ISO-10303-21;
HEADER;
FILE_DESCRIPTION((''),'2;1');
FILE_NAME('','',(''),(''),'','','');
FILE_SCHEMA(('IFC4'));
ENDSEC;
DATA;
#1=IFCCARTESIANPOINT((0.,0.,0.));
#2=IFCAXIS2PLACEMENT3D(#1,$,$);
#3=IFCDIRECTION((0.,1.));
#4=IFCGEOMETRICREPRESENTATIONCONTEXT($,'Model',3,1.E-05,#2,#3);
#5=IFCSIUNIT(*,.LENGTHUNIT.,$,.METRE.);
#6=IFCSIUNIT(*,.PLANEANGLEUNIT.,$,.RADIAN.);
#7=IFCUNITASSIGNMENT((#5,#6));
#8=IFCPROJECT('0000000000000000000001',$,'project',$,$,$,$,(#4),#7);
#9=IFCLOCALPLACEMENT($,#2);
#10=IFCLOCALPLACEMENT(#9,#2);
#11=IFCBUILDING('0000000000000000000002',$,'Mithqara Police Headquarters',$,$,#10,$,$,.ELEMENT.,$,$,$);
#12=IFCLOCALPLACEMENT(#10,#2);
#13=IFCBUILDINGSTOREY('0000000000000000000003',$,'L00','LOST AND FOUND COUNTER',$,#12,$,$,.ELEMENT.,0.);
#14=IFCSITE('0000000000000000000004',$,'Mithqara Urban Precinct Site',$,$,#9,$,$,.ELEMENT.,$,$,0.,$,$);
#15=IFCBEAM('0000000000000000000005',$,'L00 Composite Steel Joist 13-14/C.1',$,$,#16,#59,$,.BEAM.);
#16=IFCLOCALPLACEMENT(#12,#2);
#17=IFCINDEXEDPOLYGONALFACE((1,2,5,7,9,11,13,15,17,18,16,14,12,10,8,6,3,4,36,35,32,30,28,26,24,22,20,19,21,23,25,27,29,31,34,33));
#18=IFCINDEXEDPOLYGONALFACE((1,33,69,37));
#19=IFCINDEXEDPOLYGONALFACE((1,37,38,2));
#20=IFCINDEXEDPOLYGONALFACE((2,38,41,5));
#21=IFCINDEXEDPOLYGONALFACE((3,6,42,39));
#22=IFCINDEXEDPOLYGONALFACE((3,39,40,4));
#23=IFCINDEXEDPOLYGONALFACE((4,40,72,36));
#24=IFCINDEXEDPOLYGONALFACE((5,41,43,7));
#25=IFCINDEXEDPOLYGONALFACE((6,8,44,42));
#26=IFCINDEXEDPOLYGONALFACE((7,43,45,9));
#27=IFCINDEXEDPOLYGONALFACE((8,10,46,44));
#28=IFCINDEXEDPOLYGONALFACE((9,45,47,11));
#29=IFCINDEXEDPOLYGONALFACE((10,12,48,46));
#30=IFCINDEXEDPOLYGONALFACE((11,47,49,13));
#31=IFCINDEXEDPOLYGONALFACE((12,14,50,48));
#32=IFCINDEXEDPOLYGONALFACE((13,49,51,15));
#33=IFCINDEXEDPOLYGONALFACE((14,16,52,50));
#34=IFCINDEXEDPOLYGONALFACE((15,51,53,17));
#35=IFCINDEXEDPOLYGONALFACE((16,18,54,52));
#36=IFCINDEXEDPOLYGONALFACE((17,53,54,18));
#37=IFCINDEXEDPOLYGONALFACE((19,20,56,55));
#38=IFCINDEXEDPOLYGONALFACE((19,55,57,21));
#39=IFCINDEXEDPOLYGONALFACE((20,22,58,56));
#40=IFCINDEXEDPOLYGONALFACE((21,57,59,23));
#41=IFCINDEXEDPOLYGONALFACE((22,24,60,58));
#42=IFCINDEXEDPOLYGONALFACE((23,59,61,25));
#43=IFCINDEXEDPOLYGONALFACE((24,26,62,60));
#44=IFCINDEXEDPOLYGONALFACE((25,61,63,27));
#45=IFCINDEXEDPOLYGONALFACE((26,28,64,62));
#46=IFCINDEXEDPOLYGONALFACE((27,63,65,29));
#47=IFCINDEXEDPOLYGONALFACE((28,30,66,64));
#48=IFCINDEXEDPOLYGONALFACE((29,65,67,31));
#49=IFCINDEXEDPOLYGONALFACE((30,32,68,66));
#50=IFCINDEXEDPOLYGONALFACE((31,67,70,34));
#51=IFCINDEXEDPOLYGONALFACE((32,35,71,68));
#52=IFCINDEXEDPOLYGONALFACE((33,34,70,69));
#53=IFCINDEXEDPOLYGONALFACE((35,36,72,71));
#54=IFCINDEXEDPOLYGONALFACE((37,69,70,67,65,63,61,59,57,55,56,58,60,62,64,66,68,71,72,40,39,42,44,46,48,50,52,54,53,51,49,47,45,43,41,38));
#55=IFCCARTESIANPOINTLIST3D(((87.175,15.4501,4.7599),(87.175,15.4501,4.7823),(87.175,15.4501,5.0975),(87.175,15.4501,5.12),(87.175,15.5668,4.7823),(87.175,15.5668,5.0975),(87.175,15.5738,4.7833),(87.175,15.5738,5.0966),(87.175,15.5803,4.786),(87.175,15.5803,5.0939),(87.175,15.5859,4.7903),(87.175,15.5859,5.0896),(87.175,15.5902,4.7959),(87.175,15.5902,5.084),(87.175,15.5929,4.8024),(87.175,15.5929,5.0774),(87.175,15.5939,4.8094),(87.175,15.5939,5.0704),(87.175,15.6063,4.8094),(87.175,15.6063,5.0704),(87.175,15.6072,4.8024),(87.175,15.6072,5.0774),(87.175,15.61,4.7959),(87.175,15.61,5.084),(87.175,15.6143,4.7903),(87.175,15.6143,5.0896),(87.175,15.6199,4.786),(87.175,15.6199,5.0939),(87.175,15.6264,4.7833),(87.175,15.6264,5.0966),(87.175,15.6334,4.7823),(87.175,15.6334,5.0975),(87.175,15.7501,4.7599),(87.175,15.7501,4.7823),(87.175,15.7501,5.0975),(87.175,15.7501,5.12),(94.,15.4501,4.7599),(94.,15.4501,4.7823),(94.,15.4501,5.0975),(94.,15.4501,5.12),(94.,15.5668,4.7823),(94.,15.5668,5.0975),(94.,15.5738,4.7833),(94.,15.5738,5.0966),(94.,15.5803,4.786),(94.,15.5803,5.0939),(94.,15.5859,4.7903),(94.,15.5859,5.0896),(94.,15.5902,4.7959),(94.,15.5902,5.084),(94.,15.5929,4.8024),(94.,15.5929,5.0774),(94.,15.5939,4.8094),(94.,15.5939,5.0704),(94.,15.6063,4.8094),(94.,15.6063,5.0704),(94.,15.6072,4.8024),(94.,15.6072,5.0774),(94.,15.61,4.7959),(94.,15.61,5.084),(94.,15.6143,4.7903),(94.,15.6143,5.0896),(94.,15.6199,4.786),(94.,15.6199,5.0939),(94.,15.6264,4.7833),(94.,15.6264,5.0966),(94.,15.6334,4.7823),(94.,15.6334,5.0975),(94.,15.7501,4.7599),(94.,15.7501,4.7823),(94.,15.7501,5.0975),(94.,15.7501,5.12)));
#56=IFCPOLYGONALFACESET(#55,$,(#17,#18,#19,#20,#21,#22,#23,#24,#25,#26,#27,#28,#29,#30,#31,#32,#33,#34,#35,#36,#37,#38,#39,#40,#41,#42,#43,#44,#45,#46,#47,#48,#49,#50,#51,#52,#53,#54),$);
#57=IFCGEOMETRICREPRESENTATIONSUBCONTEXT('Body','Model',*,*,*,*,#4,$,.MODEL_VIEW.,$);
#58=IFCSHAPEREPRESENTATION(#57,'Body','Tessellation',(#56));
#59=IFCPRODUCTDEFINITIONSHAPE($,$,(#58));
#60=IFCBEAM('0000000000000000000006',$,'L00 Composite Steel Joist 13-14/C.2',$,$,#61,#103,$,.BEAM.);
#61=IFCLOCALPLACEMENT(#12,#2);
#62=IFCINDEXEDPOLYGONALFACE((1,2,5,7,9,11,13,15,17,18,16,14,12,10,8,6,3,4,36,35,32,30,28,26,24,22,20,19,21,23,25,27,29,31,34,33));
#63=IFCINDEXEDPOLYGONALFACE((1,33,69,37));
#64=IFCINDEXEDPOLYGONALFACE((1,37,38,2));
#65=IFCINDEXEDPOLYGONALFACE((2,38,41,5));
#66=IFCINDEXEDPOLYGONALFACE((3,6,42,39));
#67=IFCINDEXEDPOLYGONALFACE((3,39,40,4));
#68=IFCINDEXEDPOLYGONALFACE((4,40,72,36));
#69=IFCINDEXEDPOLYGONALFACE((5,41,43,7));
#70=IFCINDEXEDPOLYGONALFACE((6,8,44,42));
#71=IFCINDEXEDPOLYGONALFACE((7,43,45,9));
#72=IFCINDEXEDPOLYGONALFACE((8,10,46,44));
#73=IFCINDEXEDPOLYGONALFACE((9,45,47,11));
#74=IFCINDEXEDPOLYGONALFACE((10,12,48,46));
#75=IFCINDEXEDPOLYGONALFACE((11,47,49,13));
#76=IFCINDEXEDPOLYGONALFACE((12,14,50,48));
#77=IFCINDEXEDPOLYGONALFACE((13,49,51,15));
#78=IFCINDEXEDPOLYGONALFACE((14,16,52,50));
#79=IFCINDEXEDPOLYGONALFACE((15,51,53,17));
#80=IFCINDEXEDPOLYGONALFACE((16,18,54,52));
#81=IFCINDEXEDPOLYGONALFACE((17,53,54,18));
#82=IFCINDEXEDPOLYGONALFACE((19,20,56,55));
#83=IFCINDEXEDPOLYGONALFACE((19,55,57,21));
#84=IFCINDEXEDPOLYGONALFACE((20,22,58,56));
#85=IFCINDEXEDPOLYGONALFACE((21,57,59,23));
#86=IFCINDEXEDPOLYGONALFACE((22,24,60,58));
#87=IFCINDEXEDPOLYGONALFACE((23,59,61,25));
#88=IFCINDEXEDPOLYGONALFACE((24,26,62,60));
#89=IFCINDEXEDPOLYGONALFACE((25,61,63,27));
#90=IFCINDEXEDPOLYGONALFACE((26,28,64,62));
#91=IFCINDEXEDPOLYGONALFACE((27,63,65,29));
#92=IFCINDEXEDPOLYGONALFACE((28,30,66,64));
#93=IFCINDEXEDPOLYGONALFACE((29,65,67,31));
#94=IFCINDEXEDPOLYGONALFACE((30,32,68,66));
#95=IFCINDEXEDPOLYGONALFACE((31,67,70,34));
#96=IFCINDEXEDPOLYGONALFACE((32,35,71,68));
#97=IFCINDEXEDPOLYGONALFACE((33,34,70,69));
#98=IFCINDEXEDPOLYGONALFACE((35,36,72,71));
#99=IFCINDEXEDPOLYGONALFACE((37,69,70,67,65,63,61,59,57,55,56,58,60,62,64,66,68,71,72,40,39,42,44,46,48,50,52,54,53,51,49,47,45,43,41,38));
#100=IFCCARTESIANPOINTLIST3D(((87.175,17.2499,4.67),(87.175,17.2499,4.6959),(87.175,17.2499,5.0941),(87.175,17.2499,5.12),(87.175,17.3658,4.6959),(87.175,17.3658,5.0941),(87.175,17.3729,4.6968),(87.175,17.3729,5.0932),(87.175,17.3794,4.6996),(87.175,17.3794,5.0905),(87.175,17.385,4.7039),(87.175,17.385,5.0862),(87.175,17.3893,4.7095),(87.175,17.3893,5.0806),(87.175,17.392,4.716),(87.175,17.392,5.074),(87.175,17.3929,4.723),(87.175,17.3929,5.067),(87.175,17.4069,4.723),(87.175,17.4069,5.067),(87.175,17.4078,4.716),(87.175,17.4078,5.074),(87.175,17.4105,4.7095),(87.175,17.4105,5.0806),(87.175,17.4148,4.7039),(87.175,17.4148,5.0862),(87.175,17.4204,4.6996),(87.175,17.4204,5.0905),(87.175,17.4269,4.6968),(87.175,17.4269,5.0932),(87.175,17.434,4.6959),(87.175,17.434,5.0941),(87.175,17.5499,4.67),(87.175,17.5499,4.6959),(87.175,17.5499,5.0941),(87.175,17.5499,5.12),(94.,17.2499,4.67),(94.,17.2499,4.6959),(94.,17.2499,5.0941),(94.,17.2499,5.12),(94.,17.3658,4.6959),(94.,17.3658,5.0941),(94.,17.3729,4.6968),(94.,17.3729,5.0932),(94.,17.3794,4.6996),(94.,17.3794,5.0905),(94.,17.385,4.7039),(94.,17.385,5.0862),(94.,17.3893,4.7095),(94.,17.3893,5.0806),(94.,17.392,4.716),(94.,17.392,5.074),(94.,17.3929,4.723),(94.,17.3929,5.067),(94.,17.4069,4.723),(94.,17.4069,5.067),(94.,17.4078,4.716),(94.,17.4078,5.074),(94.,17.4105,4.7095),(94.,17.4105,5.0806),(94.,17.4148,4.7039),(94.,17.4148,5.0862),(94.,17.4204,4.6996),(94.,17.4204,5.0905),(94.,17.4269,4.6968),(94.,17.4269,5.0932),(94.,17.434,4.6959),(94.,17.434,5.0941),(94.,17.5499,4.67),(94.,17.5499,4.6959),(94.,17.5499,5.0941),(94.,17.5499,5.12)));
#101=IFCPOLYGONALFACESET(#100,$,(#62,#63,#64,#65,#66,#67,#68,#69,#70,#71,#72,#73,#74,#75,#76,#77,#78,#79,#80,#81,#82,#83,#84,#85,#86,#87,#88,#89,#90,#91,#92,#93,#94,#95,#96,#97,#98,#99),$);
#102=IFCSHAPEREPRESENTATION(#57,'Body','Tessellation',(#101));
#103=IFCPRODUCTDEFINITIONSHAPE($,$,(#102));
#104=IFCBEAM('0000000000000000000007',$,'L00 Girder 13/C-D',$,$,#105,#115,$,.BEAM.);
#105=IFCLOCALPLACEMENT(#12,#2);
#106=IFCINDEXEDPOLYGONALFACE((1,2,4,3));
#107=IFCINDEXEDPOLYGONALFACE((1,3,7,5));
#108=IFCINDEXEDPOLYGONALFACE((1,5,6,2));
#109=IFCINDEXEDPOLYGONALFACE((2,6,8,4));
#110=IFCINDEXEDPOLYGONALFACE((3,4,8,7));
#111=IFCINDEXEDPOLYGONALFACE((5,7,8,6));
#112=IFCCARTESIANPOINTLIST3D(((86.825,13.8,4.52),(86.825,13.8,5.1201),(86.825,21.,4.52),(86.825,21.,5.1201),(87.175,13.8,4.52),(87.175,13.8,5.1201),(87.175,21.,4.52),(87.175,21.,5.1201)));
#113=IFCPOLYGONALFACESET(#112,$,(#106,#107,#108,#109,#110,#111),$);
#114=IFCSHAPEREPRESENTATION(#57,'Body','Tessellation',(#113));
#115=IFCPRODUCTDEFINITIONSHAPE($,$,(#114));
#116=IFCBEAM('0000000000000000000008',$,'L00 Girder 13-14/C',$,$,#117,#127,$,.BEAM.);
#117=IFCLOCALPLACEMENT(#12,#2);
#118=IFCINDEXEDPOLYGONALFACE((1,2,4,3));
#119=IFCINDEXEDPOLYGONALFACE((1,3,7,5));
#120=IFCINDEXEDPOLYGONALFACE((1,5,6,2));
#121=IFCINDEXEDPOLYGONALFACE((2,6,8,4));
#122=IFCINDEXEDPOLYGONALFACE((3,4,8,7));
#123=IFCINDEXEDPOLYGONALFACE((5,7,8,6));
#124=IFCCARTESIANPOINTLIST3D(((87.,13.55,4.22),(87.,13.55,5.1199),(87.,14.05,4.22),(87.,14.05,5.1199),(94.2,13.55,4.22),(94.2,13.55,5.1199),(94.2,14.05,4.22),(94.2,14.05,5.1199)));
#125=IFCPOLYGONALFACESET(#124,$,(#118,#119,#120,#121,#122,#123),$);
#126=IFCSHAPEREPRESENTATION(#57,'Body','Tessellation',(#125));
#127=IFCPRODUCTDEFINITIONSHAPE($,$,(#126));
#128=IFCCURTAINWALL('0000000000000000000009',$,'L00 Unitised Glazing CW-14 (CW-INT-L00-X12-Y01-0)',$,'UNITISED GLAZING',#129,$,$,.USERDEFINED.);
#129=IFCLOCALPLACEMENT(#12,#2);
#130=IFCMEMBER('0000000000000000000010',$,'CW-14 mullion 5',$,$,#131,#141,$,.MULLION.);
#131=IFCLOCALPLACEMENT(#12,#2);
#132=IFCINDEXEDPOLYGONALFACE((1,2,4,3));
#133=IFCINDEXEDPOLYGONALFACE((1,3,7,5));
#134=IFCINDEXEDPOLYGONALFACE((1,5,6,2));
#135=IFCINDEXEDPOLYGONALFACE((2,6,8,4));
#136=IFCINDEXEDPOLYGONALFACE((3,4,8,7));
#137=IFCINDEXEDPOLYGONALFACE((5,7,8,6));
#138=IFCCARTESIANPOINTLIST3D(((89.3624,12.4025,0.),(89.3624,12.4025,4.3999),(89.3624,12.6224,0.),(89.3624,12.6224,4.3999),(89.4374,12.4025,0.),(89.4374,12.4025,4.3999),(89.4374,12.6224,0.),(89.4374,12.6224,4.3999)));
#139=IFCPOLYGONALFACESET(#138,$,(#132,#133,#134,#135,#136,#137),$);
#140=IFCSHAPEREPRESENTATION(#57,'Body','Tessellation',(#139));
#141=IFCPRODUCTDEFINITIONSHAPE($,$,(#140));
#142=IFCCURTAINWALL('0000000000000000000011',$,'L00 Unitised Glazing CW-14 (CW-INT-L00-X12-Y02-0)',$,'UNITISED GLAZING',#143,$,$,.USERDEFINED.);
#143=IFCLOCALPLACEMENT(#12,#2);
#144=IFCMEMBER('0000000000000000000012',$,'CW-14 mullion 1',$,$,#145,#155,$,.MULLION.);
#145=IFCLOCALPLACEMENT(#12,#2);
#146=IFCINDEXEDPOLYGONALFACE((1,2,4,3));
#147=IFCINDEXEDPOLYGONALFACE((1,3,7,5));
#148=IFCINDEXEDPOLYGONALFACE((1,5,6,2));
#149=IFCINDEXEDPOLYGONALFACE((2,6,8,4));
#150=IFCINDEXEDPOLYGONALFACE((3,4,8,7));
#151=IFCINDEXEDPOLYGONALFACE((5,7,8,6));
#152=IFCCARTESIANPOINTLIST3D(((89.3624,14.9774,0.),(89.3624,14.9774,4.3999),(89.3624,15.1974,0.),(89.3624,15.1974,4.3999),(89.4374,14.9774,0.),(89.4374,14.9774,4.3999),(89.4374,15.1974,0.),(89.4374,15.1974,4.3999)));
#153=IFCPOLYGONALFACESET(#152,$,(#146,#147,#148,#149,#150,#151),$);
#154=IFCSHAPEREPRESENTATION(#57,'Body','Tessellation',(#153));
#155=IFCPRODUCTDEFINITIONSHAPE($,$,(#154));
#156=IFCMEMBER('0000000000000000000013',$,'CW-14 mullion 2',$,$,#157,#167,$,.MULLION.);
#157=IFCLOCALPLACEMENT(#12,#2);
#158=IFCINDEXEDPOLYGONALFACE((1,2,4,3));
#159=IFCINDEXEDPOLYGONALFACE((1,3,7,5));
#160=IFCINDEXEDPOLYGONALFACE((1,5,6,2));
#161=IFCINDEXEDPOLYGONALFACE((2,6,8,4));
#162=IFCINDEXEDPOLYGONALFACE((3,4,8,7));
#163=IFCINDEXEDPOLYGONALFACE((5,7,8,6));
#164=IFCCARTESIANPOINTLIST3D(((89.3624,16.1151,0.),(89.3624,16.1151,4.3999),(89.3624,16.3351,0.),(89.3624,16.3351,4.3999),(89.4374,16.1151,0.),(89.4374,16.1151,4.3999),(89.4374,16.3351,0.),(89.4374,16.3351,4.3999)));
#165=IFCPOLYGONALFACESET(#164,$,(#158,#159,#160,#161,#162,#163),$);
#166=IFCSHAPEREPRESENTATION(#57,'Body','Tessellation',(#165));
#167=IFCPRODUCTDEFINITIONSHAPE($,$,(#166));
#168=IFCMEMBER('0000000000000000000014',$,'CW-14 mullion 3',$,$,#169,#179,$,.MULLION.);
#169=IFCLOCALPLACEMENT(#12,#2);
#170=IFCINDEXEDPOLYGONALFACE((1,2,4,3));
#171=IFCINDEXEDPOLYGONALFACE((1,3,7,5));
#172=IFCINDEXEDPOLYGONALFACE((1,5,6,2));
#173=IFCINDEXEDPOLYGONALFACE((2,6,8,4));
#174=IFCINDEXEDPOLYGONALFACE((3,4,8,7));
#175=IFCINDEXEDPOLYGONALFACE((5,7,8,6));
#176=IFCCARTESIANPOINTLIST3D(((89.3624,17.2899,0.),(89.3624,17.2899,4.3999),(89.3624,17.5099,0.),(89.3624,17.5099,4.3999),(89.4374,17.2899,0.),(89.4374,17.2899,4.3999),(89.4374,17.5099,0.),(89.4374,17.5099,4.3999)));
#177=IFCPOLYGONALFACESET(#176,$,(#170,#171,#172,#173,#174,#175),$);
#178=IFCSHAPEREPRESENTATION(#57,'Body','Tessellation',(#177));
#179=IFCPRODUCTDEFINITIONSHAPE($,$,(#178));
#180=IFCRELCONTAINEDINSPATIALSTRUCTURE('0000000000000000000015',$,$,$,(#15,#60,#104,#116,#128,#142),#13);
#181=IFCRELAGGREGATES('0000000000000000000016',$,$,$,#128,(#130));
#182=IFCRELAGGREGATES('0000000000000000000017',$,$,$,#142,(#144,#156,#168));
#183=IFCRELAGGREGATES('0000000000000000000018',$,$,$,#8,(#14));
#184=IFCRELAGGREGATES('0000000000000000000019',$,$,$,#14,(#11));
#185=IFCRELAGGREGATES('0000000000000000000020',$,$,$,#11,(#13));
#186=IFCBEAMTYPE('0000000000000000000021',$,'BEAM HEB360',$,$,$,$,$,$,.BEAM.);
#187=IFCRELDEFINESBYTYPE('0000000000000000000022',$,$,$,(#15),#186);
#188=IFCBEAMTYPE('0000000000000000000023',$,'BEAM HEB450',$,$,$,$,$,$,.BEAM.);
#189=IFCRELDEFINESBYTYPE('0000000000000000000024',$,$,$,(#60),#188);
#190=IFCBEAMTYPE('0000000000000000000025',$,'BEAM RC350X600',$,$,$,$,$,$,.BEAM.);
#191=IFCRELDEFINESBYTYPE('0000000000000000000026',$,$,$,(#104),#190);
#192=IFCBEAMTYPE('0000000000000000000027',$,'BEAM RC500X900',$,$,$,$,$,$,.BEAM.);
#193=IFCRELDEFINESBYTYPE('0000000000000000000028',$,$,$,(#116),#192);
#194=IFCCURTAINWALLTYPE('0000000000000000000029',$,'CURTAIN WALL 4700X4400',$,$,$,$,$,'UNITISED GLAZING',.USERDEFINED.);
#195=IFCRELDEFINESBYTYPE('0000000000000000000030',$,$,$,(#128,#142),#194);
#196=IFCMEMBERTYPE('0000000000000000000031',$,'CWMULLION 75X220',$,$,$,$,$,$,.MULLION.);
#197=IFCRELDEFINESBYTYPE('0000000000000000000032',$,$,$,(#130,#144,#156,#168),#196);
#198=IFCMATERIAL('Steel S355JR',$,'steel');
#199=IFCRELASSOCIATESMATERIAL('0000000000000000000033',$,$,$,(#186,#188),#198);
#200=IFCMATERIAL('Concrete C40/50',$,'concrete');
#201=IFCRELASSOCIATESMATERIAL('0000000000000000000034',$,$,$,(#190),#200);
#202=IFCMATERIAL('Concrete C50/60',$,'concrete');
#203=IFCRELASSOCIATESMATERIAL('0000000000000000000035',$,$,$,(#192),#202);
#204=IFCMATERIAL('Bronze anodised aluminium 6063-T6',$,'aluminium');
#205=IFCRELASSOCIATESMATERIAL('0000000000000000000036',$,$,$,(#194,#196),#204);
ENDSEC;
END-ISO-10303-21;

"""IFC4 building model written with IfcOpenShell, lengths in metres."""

from ifc_helpers import new_model, si_unit, direction, frame, origin, origin_2d, place, context, subcontext, project, spatial, rectangle, i_section, extrude, material, material_profile, profile_set, type_object, element, aggregate, save


model = new_model("IFC4")

# Units and contexts
model_context = context("Model", 3, precision=1e-05, world=origin(), true_north=direction((0.0, 1.0)))
body_context = subcontext(model_context, "Body", "Model", "MODEL_VIEW")
ifc_project = project(units=[si_unit("LENGTHUNIT", "METRE"), si_unit("PLANEANGLEUNIT", "RADIAN")], contexts=[model_context])

# Site, building, storey
site_placement = place(None, origin())
site = spatial("IfcSite", under=ifc_project, at=site_placement, Name="Mithqara Urban Precinct Site", CompositionType="ELEMENT", RefElevation=0.0)
building_placement = place(site_placement, origin())
building = spatial("IfcBuilding", under=site, at=building_placement, Name="Mithqara Police Headquarters", CompositionType="ELEMENT")
storey_placement = place(building_placement, origin())
storey = spatial("IfcBuildingStorey", under=building, at=storey_placement, Name="L00", Description="LOST AND FOUND COUNTER", CompositionType="ELEMENT", Elevation=0.0)

# Shared definitions
ifc_material_1 = material(Name="Concrete C40/50", Category="concrete")

# Shared definitions
ifc_material_2 = material(Name="Concrete C50/60", Category="concrete")

# Beams
ifc_material_3 = material(Name="Steel S355JR", Category="steel")
ifc_material_profile_1 = material_profile(ifc_material_3, i_section(OverallWidth=0.3, OverallDepth=0.3601, WebThickness=0.0125, FlangeThickness=0.0225, FilletRadius=0.0271, at=origin_2d()), Name="HEB 360")
ifc_profile_set_1 = profile_set([ifc_material_profile_1], Name="Steel S355JR")
beam_type_1 = type_object("IfcBeamType", Name="BEAM HEB360", PredefinedType="BEAM", material=ifc_profile_set_1)
beam_1_placement = place(storey_placement, frame((87.175, 15.6001, 4.9399), z_axis=(1.0, 0.0, 0.0), x_axis=(0.0, 1.0, 0.0)))
element("IfcBeam", 1, at=beam_1_placement, inside=storey, type_object=beam_type_1, Name="L00 Composite Steel Joist 13-14/C.1", PredefinedType="BEAM", context=body_context, shape_type="SweptSolid", body=[
    extrude(i_section(OverallWidth=0.3, OverallDepth=0.3601, WebThickness=0.0125, FlangeThickness=0.0225, FilletRadius=0.0271, at=origin_2d()), origin(), (0.0, 0.0, 1.0), 6.825),
])
ifc_material_profile_2 = material_profile(ifc_material_3, i_section(OverallWidth=0.3, OverallDepth=0.45, WebThickness=0.0139, FlangeThickness=0.0259, FilletRadius=0.0271, at=origin_2d()), Name="HEB 450")
ifc_profile_set_2 = profile_set([ifc_material_profile_2], Name="Steel S355JR")
beam_type_2 = type_object("IfcBeamType", Name="BEAM HEB450", PredefinedType="BEAM", material=ifc_profile_set_2)
beam_2_placement = place(storey_placement, frame((87.175, 17.3999, 4.895), z_axis=(1.0, 0.0, 0.0), x_axis=(0.0, 1.0, 0.0)))
element("IfcBeam", 2, at=beam_2_placement, inside=storey, type_object=beam_type_2, Name="L00 Composite Steel Joist 13-14/C.2", PredefinedType="BEAM", context=body_context, shape_type="SweptSolid", body=[
    extrude(i_section(OverallWidth=0.3, OverallDepth=0.45, WebThickness=0.0139, FlangeThickness=0.0259, FilletRadius=0.0271, at=origin_2d()), origin(), (0.0, 0.0, 1.0), 6.825),
])
ifc_material_profile_3 = material_profile(ifc_material_1, rectangle(XDim=0.3501, YDim=0.6001, at=origin_2d()), Name="RC 350x600")
ifc_profile_set_3 = profile_set([ifc_material_profile_3], Name="Concrete C40/50")
beam_type_3 = type_object("IfcBeamType", Name="BEAM RC350X600", PredefinedType="BEAM", material=ifc_profile_set_3)
beam_3_placement = place(storey_placement, frame((87.0, 13.8, 4.8201), z_axis=(0.0, 1.0, 0.0), x_axis=(-1.0, 0.0, 0.0)))
element("IfcBeam", 3, at=beam_3_placement, inside=storey, type_object=beam_type_3, Name="L00 Girder 13/C-D", PredefinedType="BEAM", context=body_context, shape_type="SweptSolid", body=[
    extrude(rectangle(XDim=0.3501, YDim=0.6001, at=origin_2d()), origin(), (0.0, 0.0, 1.0), 7.2),
])
ifc_material_profile_4 = material_profile(ifc_material_2, rectangle(XDim=0.5, YDim=0.8999, at=origin_2d()), Name="RC 500x900")
ifc_profile_set_4 = profile_set([ifc_material_profile_4], Name="Concrete C50/60")
beam_type_4 = type_object("IfcBeamType", Name="BEAM RC500X900", PredefinedType="BEAM", material=ifc_profile_set_4)
beam_4_placement = place(storey_placement, frame((87.0, 13.8, 4.6699), z_axis=(1.0, 0.0, 0.0), x_axis=(0.0, 1.0, 0.0)))
element("IfcBeam", 4, at=beam_4_placement, inside=storey, type_object=beam_type_4, Name="L00 Girder 13-14/C", PredefinedType="BEAM", context=body_context, shape_type="SweptSolid", body=[
    extrude(rectangle(XDim=0.5, YDim=0.8999, at=origin_2d()), origin(), (0.0, 0.0, 1.0), 7.2),
])

# Curtain wall, member
ifc_material_4 = material(Name="Bronze anodised aluminium 6063-T6", Category="aluminium")
curtain_wall_type = type_object("IfcCurtainWallType", Name="CURTAIN WALL 4700X4400", ElementType="UNITISED GLAZING", PredefinedType="USERDEFINED", material=ifc_material_4)
curtain_wall_1_placement = place(storey_placement, origin())
curtain_wall_1 = element("IfcCurtainWall", 5, at=curtain_wall_1_placement, inside=storey, type_object=curtain_wall_type, Name="L00 Unitised Glazing CW-14 (CW-INT-L00-X12-Y01-0)", ObjectType="UNITISED GLAZING", PredefinedType="USERDEFINED")
ifc_material_profile_5 = material_profile(ifc_material_4, rectangle(XDim=0.075, YDim=0.22, at=origin_2d()), Name="CWM 75x220")
ifc_profile_set_5 = profile_set([ifc_material_profile_5], Name="Bronze anodised aluminium 6063-T6")
member_type_1 = type_object("IfcMemberType", Name="CWMULLION 75X220", PredefinedType="MULLION", material=ifc_profile_set_5)
member_1_placement = place(storey_placement, frame((89.3999, 12.5125, 0.0), z_axis=(0.0, 0.0, 1.0), x_axis=(-1.0, 0.0, 0.0)))
member_1 = element("IfcMember", 6, at=member_1_placement, type_object=member_type_1, Name="CW-14 mullion 5", PredefinedType="MULLION", context=body_context, shape_type="SweptSolid", body=[
    extrude(rectangle(XDim=0.075, YDim=0.22, at=origin_2d()), origin(), (0.0, 0.0, 1.0), 4.3999),
])
aggregate(curtain_wall_1, [member_1])

# Curtain wall, members
curtain_wall_2_placement = place(storey_placement, origin())
curtain_wall_2 = element("IfcCurtainWall", 7, at=curtain_wall_2_placement, inside=storey, type_object=curtain_wall_type, Name="L00 Unitised Glazing CW-14 (CW-INT-L00-X12-Y02-0)", ObjectType="UNITISED GLAZING", PredefinedType="USERDEFINED")
member_2_placement = place(storey_placement, frame((89.3999, 15.0874, 0.0), z_axis=(0.0, 0.0, 1.0), x_axis=(-1.0, 0.0, 0.0)))
member_2 = element("IfcMember", 8, at=member_2_placement, type_object=member_type_1, Name="CW-14 mullion 1", PredefinedType="MULLION", context=body_context, shape_type="SweptSolid", body=[
    extrude(rectangle(XDim=0.075, YDim=0.22, at=origin_2d()), origin(), (0.0, 0.0, 1.0), 4.3999),
])
member_3_placement = place(storey_placement, frame((89.3999, 16.2251, 0.0), z_axis=(0.0, 0.0, 1.0), x_axis=(-1.0, 0.0, 0.0)))
member_3 = element("IfcMember", 9, at=member_3_placement, type_object=member_type_1, Name="CW-14 mullion 2", PredefinedType="MULLION", context=body_context, shape_type="SweptSolid", body=[
    extrude(rectangle(XDim=0.075, YDim=0.22, at=origin_2d()), origin(), (0.0, 0.0, 1.0), 4.3999),
])
member_4_placement = place(storey_placement, frame((89.3999, 17.3999, 0.0), z_axis=(0.0, 0.0, 1.0), x_axis=(-1.0, 0.0, 0.0)))
member_4 = element("IfcMember", 10, at=member_4_placement, type_object=member_type_1, Name="CW-14 mullion 3", PredefinedType="MULLION", context=body_context, shape_type="SweptSolid", body=[
    extrude(rectangle(XDim=0.075, YDim=0.22, at=origin_2d()), origin(), (0.0, 0.0, 1.0), 4.3999),
])

aggregate(curtain_wall_2, [member_2, member_3, member_4])

save(model, "model.ifc")
